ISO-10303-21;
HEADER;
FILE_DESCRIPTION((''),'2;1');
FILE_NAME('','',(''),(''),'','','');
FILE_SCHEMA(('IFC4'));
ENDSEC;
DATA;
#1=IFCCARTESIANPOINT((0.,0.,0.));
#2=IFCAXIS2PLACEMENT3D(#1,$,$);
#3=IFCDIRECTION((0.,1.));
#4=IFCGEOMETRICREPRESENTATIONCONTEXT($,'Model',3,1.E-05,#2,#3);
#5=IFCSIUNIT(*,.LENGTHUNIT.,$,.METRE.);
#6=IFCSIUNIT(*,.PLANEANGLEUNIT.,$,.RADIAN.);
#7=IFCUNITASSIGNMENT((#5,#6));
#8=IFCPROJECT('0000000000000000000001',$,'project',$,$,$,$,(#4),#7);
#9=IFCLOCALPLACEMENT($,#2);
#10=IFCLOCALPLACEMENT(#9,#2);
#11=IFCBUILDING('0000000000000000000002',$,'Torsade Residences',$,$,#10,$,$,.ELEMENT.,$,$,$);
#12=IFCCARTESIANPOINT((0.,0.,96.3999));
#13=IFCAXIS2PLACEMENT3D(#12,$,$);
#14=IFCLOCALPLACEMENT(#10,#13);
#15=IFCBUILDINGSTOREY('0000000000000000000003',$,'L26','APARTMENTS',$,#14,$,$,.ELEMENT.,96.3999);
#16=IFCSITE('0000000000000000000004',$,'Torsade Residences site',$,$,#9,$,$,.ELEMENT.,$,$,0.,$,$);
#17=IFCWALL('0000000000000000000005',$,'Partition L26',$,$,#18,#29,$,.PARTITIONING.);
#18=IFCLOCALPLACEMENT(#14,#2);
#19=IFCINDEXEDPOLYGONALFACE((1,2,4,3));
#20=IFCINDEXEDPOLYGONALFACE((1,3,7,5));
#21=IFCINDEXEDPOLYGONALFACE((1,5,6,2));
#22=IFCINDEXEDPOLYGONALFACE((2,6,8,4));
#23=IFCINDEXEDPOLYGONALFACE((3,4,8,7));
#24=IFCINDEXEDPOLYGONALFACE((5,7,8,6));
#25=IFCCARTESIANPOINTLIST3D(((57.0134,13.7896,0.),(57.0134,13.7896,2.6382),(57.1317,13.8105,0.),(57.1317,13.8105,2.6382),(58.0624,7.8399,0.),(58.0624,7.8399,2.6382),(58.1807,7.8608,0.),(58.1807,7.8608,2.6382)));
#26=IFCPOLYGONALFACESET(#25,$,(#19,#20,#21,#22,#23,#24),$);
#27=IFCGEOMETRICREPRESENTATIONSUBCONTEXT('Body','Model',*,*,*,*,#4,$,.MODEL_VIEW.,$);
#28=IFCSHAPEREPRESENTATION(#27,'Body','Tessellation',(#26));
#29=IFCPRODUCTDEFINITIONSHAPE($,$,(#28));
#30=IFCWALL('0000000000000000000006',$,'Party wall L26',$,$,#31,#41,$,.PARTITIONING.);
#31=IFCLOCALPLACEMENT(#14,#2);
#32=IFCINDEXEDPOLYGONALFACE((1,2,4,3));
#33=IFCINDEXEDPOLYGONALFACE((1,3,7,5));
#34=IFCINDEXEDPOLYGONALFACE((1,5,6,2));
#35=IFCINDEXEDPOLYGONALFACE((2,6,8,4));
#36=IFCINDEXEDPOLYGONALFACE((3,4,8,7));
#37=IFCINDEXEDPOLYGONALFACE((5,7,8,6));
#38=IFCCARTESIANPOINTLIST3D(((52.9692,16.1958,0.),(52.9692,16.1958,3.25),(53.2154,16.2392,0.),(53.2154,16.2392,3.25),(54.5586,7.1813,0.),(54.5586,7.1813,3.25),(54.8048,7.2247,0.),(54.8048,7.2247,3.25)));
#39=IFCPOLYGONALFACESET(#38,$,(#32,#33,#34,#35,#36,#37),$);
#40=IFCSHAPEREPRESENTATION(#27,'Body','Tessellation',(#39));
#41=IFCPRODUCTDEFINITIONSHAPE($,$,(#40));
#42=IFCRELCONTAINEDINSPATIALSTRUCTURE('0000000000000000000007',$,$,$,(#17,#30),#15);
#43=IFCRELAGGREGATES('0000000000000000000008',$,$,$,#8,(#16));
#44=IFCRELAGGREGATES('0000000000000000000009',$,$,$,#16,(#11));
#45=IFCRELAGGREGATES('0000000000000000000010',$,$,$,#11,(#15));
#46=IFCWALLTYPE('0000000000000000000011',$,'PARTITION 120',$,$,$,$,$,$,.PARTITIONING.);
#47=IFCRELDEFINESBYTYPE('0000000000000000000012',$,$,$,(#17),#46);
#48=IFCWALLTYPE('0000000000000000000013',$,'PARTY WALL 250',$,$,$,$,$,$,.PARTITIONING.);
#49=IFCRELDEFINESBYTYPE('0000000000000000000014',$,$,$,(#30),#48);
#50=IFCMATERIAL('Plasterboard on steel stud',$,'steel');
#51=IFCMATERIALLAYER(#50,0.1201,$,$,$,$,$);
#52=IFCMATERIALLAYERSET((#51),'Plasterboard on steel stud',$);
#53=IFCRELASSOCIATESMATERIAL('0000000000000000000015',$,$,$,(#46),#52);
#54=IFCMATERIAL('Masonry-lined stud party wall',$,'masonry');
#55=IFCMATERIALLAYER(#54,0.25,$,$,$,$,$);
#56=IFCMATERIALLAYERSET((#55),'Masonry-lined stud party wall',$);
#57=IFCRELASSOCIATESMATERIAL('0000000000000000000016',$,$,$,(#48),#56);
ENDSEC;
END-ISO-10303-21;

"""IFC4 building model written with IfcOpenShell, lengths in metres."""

from ifc_helpers import new_model, si_unit, direction, frame, frame_2d, origin, place, context, subcontext, project, spatial, rectangle, extrude, material, layer, layer_set, type_object, element, save


model = new_model("IFC4")

# Units and contexts
model_context = context("Model", 3, precision=1e-05, world=origin(), true_north=direction((0.0, 1.0)))
body_context = subcontext(model_context, "Body", "Model", "MODEL_VIEW")
ifc_project = project(units=[si_unit("LENGTHUNIT", "METRE"), si_unit("PLANEANGLEUNIT", "RADIAN")], contexts=[model_context])

# Site, building, storey
site_placement = place(None, origin())
site = spatial("IfcSite", under=ifc_project, at=site_placement, Name="Torsade Residences site", CompositionType="ELEMENT", RefElevation=0.0)
building_placement = place(site_placement, origin())
building = spatial("IfcBuilding", under=site, at=building_placement, Name="Torsade Residences", CompositionType="ELEMENT")
storey_placement = place(building_placement, frame((0.0, 0.0, 96.3999)))
storey = spatial("IfcBuildingStorey", under=building, at=storey_placement, Name="L26", Description="APARTMENTS", CompositionType="ELEMENT", Elevation=96.3999)

# Shared definitions
ifc_material_1 = material(Name="Plasterboard on steel stud", Category="steel")
ifc_layer_1 = layer(ifc_material_1, 0.1201)
ifc_layer_set_1 = layer_set([ifc_layer_1], Name="Plasterboard on steel stud")
wall_type_1 = type_object("IfcWallType", Name="PARTITION 120", PredefinedType="PARTITIONING", material=ifc_layer_set_1)

# Walls
wall_1_placement = place(storey_placement, frame((58.1216, 7.8503, 0.0), z_axis=(0.0, 0.0, 1.0), x_axis=(-0.173645, 0.984808, 0.0)))
element("IfcWall", 1, at=wall_1_placement, inside=storey, type_object=wall_type_1, Name="Partition L26", PredefinedType="PARTITIONING", context=body_context, shape_type="SweptSolid", body=[
    extrude(rectangle(XDim=6.0415, YDim=0.1201, at=frame_2d((3.0208, 0.0))), origin(), (0.0, 0.0, 1.0), 2.6382),
])
ifc_material_2 = material(Name="Masonry-lined stud party wall", Category="masonry")
ifc_layer_2 = layer(ifc_material_2, 0.25)
ifc_layer_set_2 = layer_set([ifc_layer_2], Name="Masonry-lined stud party wall")
wall_type_2 = type_object("IfcWallType", Name="PARTY WALL 250", PredefinedType="PARTITIONING", material=ifc_layer_set_2)
wall_2_placement = place(storey_placement, frame((54.6816, 7.2031, 0.0), z_axis=(0.0, 0.0, 1.0), x_axis=(-0.17363, 0.984811, 0.0)))
element("IfcWall", 2, at=wall_2_placement, inside=storey, type_object=wall_type_2, Name="Party wall L26", PredefinedType="PARTITIONING", context=body_context, shape_type="SweptSolid", body=[
    extrude(rectangle(XDim=9.1536, YDim=0.25, at=frame_2d((4.5767, 0.0))), origin(), (0.0, 0.0, 1.0), 3.25),
])

save(model, "model.ifc")
